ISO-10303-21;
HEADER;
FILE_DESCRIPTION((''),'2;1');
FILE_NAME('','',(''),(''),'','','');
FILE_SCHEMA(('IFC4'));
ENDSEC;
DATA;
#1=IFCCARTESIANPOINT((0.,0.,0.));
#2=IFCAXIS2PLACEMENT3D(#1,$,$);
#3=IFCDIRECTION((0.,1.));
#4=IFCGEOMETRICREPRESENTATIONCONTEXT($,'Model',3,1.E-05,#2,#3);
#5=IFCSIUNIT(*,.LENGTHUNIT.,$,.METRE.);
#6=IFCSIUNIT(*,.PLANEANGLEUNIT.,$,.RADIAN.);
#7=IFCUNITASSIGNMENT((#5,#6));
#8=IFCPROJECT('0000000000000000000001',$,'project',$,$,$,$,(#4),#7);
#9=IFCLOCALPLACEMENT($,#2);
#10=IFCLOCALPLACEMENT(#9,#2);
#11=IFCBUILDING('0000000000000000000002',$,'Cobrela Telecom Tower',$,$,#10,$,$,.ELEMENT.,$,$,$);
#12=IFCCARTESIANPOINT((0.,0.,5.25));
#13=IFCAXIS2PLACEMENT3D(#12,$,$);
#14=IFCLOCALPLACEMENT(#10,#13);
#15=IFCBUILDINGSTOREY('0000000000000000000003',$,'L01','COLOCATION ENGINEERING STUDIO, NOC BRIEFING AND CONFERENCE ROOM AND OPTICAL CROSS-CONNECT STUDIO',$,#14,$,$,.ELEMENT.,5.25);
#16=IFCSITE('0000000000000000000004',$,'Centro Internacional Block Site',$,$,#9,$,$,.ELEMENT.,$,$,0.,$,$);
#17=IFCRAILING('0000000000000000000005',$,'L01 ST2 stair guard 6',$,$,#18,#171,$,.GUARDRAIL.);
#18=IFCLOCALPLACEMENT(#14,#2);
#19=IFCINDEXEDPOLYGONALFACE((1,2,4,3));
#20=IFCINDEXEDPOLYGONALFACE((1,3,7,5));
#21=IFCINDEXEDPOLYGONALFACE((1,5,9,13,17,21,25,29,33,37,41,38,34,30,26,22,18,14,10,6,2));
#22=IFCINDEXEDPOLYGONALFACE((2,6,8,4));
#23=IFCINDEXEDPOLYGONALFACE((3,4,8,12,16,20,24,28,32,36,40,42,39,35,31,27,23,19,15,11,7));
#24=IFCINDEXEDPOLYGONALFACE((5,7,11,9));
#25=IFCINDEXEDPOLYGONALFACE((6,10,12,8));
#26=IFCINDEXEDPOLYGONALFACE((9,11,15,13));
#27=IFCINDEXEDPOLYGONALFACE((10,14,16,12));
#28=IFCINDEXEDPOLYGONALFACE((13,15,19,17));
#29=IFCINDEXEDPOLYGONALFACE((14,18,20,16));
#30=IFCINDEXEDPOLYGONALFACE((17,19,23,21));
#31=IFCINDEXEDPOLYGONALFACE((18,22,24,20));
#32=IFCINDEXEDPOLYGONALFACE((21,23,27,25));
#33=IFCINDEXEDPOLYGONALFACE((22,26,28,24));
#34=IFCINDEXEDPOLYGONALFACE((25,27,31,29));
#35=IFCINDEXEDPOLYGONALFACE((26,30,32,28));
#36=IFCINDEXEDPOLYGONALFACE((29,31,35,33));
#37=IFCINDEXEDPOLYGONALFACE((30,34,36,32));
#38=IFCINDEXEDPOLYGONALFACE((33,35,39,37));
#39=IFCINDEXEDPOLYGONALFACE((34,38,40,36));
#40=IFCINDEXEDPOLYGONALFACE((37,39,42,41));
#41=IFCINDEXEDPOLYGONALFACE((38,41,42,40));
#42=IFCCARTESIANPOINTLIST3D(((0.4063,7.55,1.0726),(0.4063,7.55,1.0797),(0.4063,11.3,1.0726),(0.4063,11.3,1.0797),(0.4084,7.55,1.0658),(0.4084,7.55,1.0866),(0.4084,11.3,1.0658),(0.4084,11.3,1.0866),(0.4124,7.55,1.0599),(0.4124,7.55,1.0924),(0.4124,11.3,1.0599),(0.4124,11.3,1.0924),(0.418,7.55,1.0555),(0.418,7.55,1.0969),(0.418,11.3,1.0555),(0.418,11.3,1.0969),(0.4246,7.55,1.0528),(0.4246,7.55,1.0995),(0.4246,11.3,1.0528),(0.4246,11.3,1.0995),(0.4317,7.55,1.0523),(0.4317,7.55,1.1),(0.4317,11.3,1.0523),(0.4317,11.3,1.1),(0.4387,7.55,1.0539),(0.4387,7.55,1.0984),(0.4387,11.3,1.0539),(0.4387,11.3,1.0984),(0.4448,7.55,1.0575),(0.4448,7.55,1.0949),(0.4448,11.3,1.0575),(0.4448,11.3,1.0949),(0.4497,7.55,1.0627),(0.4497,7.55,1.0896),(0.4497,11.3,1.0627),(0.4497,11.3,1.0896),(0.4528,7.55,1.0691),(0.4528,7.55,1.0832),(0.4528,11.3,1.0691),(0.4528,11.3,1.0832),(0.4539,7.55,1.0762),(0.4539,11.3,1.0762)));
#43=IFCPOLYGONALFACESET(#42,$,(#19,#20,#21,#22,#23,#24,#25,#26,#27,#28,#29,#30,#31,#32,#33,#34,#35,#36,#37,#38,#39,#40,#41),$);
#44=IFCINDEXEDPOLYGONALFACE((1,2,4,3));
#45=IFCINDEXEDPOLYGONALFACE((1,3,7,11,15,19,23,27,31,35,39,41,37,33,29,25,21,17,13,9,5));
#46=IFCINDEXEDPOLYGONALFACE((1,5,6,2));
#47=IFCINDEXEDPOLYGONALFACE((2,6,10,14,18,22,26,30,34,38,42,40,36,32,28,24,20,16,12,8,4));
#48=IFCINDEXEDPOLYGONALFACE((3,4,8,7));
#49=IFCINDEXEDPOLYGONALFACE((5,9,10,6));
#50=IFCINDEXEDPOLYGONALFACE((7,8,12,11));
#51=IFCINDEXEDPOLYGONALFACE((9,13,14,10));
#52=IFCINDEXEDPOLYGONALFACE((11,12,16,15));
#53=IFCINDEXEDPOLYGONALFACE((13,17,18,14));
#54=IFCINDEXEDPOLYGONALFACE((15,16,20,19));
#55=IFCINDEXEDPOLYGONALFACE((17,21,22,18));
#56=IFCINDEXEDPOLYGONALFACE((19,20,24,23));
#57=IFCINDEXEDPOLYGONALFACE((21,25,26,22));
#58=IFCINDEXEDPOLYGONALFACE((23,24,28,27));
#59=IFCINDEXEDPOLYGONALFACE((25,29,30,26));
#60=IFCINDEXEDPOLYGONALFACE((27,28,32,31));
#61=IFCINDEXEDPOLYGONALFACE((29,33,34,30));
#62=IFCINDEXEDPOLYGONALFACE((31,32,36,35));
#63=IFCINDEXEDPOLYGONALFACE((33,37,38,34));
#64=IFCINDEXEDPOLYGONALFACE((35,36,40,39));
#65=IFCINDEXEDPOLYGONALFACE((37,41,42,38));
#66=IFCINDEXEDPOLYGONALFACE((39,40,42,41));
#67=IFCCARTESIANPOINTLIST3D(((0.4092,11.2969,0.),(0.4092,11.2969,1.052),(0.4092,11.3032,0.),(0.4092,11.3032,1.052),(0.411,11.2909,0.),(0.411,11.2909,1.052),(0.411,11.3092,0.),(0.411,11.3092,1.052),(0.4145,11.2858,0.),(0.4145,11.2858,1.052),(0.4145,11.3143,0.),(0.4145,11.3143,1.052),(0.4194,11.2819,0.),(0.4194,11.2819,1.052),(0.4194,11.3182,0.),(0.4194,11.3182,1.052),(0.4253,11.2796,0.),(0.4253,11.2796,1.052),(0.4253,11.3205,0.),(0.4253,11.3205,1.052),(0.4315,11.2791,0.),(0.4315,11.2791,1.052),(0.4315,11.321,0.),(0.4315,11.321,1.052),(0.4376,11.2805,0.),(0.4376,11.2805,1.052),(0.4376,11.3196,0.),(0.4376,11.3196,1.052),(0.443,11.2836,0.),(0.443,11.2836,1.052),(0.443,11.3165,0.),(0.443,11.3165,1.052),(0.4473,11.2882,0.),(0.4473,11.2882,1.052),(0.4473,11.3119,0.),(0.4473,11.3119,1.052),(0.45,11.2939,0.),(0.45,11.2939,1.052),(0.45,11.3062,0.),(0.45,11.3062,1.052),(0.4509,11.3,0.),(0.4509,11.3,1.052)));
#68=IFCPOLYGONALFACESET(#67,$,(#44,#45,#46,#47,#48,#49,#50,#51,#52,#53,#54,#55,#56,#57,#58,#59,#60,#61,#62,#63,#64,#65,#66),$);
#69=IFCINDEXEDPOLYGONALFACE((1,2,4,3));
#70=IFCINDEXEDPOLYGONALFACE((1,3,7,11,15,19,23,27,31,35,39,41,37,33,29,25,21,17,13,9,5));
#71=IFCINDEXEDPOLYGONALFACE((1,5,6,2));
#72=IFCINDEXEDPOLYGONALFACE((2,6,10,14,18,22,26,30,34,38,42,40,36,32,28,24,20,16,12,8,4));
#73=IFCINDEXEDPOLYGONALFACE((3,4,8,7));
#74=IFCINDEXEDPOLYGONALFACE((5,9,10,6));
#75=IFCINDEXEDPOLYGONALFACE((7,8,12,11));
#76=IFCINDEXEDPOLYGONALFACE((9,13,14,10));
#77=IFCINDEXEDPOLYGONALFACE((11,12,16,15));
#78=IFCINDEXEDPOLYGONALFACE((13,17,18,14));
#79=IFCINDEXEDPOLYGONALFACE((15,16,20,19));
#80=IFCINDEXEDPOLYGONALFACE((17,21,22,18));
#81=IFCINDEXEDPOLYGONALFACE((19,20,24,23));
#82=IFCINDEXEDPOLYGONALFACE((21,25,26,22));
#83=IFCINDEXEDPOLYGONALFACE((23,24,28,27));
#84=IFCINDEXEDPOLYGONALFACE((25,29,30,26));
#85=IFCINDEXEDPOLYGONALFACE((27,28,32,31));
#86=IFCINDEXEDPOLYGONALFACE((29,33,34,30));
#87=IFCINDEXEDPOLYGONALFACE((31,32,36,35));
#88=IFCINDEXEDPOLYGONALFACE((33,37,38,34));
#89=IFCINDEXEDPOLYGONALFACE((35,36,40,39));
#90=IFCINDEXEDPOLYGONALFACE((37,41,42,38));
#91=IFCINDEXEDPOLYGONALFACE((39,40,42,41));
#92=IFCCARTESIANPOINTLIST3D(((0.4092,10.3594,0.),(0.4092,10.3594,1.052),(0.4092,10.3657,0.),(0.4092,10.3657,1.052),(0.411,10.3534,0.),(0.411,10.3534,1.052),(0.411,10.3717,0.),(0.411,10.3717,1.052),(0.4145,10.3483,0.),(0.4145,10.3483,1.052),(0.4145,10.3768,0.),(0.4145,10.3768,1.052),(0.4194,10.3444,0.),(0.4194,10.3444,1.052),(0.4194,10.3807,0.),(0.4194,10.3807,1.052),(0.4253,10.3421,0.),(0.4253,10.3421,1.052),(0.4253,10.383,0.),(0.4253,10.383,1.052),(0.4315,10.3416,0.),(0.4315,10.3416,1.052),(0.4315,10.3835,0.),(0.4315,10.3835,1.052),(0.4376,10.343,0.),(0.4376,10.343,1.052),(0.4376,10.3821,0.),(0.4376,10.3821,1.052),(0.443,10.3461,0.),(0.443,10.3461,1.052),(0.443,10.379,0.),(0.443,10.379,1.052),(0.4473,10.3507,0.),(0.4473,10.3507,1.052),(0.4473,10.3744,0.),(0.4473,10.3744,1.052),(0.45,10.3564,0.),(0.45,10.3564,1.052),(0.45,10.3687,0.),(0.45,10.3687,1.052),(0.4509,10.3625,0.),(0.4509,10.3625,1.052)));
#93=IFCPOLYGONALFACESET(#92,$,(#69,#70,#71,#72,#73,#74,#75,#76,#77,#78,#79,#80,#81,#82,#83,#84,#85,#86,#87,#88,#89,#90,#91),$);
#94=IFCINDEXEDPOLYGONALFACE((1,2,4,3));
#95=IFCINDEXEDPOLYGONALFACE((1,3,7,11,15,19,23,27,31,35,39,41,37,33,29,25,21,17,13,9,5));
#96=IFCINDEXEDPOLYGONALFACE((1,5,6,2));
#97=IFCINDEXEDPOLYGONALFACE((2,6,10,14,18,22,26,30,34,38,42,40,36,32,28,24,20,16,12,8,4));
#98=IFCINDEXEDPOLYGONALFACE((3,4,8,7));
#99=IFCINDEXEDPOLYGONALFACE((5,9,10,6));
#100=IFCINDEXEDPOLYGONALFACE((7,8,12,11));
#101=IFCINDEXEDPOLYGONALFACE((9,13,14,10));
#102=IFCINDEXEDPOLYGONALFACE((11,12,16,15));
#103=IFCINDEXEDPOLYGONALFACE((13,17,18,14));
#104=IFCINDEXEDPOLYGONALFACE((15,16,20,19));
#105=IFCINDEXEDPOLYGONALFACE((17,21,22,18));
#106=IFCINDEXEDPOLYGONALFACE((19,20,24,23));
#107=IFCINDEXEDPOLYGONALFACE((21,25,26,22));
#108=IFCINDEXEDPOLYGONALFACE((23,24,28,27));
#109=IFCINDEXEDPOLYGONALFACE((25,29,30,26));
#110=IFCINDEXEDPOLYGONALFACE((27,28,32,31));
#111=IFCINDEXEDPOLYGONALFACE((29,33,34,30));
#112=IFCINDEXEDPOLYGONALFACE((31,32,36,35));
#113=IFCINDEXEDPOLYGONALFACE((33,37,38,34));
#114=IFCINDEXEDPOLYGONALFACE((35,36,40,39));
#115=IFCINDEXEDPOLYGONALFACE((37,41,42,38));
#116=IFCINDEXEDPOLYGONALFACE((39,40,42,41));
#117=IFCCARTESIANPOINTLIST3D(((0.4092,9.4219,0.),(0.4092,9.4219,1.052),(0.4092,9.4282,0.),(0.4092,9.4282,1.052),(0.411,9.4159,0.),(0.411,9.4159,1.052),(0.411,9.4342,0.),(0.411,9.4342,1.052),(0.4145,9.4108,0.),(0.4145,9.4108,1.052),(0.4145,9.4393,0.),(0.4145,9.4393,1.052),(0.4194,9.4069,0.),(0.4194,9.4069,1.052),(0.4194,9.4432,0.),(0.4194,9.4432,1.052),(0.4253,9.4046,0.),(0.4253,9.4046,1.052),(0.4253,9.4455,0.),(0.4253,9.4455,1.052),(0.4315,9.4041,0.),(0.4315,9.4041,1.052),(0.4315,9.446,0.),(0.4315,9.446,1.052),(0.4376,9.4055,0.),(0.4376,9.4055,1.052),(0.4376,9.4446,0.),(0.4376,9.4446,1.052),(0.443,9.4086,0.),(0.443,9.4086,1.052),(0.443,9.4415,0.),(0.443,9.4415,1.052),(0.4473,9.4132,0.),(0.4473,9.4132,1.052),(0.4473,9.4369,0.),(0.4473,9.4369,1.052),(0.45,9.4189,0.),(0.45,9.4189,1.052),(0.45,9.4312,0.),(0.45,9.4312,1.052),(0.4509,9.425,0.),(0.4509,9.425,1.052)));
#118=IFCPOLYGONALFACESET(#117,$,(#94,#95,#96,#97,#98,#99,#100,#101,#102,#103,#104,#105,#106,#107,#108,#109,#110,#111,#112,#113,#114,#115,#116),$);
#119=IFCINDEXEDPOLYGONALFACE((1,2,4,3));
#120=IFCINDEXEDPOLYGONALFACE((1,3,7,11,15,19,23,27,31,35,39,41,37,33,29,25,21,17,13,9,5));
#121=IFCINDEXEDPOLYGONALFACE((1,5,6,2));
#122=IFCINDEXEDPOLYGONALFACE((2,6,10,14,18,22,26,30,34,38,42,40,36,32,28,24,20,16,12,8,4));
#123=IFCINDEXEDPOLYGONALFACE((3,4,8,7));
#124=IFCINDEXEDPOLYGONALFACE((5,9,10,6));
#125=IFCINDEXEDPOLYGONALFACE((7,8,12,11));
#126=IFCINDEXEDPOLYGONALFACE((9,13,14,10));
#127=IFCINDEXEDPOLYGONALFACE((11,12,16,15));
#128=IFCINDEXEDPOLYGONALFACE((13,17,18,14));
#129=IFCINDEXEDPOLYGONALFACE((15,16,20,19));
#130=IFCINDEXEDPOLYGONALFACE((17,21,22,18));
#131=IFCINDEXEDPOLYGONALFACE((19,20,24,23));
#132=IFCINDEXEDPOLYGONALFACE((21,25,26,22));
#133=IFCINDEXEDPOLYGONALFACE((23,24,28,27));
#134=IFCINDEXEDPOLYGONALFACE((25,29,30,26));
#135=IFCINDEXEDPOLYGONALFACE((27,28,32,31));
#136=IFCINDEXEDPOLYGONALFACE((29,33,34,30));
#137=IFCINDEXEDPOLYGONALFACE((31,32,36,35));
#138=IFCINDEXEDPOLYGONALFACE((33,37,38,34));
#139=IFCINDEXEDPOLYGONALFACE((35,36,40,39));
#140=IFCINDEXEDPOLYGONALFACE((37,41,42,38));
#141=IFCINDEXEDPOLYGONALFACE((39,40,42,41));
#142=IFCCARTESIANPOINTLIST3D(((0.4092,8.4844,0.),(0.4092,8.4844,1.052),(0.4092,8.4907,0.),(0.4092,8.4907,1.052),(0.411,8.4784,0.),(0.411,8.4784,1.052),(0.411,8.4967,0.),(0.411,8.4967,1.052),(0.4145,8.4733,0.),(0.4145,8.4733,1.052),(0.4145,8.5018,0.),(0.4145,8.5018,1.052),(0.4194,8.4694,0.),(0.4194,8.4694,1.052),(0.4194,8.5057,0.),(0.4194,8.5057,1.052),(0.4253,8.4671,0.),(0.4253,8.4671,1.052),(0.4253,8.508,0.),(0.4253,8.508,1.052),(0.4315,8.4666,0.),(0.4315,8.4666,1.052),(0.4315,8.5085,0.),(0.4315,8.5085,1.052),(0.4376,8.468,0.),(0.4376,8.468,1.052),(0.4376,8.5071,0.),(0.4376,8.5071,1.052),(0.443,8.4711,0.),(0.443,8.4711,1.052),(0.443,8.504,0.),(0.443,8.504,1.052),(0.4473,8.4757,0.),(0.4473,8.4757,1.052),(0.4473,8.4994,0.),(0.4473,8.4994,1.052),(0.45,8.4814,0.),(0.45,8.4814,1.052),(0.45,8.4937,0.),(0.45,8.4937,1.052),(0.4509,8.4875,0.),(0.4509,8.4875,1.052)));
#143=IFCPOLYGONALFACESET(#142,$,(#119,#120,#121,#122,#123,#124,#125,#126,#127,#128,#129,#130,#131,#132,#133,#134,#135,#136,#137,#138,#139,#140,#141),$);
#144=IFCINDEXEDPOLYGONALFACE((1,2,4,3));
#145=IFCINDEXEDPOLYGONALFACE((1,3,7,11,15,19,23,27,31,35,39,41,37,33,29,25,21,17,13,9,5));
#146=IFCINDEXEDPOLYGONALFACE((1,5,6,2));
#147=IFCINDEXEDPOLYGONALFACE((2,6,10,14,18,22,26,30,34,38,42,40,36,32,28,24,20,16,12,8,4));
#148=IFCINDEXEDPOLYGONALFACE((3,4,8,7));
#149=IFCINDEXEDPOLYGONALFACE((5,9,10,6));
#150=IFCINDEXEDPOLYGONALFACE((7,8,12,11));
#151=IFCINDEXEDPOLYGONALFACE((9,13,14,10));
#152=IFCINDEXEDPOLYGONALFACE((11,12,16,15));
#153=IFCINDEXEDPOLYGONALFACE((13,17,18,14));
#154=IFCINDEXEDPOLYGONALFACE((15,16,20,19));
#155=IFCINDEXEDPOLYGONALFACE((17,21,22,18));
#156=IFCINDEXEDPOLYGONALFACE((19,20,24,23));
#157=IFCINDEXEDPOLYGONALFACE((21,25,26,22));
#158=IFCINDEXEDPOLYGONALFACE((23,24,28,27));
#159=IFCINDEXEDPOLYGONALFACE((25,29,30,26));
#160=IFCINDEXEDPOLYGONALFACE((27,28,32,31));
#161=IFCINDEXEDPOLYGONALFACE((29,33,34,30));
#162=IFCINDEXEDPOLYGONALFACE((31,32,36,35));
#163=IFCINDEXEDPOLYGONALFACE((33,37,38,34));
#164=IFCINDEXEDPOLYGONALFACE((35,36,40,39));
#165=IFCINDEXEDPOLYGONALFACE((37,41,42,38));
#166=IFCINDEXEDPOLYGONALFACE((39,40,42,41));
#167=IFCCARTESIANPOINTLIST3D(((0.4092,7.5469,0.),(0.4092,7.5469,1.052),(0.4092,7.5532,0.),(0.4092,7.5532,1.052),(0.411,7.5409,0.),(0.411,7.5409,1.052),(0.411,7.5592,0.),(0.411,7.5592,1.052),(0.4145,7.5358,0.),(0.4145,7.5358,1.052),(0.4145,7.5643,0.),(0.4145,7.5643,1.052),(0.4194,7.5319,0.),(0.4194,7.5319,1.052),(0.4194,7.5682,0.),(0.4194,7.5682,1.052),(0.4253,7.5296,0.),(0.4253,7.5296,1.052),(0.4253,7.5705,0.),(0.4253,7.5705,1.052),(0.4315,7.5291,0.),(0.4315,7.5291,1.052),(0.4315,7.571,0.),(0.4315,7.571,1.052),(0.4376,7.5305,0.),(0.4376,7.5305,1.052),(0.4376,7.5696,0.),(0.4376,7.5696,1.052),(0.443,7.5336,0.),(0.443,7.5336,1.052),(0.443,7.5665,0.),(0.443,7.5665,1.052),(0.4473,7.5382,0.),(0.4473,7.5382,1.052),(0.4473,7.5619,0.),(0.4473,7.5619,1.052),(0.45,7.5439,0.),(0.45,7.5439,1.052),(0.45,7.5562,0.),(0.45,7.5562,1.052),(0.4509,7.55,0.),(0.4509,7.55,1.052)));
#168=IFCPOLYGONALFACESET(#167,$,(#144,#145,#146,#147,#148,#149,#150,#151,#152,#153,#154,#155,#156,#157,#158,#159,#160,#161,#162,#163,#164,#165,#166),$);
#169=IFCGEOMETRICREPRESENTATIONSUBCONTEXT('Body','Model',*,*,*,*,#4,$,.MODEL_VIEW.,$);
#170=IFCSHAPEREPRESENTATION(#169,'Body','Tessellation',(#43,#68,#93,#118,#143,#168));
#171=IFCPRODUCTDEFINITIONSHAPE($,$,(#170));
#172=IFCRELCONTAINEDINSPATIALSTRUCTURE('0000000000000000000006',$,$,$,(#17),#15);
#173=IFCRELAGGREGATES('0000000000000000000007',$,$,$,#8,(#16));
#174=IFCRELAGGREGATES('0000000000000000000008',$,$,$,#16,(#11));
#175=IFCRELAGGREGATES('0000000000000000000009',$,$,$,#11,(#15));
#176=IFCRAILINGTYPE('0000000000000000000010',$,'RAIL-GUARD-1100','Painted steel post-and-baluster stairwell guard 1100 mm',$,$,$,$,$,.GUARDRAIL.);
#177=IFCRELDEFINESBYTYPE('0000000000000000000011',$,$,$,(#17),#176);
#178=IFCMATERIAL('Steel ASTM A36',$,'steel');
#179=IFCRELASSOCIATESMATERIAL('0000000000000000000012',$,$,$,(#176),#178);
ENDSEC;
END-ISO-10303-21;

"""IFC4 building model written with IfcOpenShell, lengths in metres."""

from ifc_helpers import new_model, si_unit, direction, frame, origin, origin_2d, place, context, subcontext, project, spatial, circle, extrude, material, type_object, element, save


model = new_model("IFC4")

# Units and contexts
model_context = context("Model", 3, precision=1e-05, world=origin(), true_north=direction((0.0, 1.0)))
body_context = subcontext(model_context, "Body", "Model", "MODEL_VIEW")
ifc_project = project(units=[si_unit("LENGTHUNIT", "METRE"), si_unit("PLANEANGLEUNIT", "RADIAN")], contexts=[model_context])

# Site, building, storey
site_placement = place(None, origin())
site = spatial("IfcSite", under=ifc_project, at=site_placement, Name="Centro Internacional Block Site", CompositionType="ELEMENT", RefElevation=0.0)
building_placement = place(site_placement, origin())
building = spatial("IfcBuilding", under=site, at=building_placement, Name="Cobrela Telecom Tower", CompositionType="ELEMENT")
storey_placement = place(building_placement, frame((0.0, 0.0, 5.25)))
storey = spatial("IfcBuildingStorey", under=building, at=storey_placement, Name="L01", Description="COLOCATION ENGINEERING STUDIO, NOC BRIEFING AND CONFERENCE ROOM AND OPTICAL CROSS-CONNECT STUDIO", CompositionType="ELEMENT", Elevation=5.25)

# Railing
ifc_material_1 = material(Name="Steel ASTM A36", Category="steel")
railing_type_1 = type_object("IfcRailingType", Name="RAIL-GUARD-1100", Description="Painted steel post-and-baluster stairwell guard 1100 mm", PredefinedType="GUARDRAIL", material=ifc_material_1)
railing_1_placement = place(storey_placement, frame((0.4299, 11.3, 0.0)))
element("IfcRailing", 1, at=railing_1_placement, inside=storey, type_object=railing_type_1, Name="L01 ST2 stair guard 6", PredefinedType="GUARDRAIL", context=body_context, shape_type="SweptSolid", body=[
    extrude(circle(Radius=0.0239, at=origin_2d()), frame((0.0, 0.0, 1.0762), z_axis=(0.0, -1.0, 0.0), x_axis=(1.0, 0.0, 0.0)), (0.0, 0.0, 1.0), 3.75),
    extrude(circle(Radius=0.021, at=origin_2d()), origin(), (0.0, 0.0, 1.0), 1.052),
    extrude(circle(Radius=0.021, at=origin_2d()), frame((0.0, -0.9375, 0.0)), (0.0, 0.0, 1.0), 1.052),
    extrude(circle(Radius=0.021, at=origin_2d()), frame((0.0, -1.875, 0.0)), (0.0, 0.0, 1.0), 1.052),
    extrude(circle(Radius=0.021, at=origin_2d()), frame((0.0, -2.8125, 0.0)), (0.0, 0.0, 1.0), 1.052),
    extrude(circle(Radius=0.021, at=origin_2d()), frame((0.0, -3.75, 0.0)), (0.0, 0.0, 1.0), 1.052),
])

save(model, "model.ifc")
